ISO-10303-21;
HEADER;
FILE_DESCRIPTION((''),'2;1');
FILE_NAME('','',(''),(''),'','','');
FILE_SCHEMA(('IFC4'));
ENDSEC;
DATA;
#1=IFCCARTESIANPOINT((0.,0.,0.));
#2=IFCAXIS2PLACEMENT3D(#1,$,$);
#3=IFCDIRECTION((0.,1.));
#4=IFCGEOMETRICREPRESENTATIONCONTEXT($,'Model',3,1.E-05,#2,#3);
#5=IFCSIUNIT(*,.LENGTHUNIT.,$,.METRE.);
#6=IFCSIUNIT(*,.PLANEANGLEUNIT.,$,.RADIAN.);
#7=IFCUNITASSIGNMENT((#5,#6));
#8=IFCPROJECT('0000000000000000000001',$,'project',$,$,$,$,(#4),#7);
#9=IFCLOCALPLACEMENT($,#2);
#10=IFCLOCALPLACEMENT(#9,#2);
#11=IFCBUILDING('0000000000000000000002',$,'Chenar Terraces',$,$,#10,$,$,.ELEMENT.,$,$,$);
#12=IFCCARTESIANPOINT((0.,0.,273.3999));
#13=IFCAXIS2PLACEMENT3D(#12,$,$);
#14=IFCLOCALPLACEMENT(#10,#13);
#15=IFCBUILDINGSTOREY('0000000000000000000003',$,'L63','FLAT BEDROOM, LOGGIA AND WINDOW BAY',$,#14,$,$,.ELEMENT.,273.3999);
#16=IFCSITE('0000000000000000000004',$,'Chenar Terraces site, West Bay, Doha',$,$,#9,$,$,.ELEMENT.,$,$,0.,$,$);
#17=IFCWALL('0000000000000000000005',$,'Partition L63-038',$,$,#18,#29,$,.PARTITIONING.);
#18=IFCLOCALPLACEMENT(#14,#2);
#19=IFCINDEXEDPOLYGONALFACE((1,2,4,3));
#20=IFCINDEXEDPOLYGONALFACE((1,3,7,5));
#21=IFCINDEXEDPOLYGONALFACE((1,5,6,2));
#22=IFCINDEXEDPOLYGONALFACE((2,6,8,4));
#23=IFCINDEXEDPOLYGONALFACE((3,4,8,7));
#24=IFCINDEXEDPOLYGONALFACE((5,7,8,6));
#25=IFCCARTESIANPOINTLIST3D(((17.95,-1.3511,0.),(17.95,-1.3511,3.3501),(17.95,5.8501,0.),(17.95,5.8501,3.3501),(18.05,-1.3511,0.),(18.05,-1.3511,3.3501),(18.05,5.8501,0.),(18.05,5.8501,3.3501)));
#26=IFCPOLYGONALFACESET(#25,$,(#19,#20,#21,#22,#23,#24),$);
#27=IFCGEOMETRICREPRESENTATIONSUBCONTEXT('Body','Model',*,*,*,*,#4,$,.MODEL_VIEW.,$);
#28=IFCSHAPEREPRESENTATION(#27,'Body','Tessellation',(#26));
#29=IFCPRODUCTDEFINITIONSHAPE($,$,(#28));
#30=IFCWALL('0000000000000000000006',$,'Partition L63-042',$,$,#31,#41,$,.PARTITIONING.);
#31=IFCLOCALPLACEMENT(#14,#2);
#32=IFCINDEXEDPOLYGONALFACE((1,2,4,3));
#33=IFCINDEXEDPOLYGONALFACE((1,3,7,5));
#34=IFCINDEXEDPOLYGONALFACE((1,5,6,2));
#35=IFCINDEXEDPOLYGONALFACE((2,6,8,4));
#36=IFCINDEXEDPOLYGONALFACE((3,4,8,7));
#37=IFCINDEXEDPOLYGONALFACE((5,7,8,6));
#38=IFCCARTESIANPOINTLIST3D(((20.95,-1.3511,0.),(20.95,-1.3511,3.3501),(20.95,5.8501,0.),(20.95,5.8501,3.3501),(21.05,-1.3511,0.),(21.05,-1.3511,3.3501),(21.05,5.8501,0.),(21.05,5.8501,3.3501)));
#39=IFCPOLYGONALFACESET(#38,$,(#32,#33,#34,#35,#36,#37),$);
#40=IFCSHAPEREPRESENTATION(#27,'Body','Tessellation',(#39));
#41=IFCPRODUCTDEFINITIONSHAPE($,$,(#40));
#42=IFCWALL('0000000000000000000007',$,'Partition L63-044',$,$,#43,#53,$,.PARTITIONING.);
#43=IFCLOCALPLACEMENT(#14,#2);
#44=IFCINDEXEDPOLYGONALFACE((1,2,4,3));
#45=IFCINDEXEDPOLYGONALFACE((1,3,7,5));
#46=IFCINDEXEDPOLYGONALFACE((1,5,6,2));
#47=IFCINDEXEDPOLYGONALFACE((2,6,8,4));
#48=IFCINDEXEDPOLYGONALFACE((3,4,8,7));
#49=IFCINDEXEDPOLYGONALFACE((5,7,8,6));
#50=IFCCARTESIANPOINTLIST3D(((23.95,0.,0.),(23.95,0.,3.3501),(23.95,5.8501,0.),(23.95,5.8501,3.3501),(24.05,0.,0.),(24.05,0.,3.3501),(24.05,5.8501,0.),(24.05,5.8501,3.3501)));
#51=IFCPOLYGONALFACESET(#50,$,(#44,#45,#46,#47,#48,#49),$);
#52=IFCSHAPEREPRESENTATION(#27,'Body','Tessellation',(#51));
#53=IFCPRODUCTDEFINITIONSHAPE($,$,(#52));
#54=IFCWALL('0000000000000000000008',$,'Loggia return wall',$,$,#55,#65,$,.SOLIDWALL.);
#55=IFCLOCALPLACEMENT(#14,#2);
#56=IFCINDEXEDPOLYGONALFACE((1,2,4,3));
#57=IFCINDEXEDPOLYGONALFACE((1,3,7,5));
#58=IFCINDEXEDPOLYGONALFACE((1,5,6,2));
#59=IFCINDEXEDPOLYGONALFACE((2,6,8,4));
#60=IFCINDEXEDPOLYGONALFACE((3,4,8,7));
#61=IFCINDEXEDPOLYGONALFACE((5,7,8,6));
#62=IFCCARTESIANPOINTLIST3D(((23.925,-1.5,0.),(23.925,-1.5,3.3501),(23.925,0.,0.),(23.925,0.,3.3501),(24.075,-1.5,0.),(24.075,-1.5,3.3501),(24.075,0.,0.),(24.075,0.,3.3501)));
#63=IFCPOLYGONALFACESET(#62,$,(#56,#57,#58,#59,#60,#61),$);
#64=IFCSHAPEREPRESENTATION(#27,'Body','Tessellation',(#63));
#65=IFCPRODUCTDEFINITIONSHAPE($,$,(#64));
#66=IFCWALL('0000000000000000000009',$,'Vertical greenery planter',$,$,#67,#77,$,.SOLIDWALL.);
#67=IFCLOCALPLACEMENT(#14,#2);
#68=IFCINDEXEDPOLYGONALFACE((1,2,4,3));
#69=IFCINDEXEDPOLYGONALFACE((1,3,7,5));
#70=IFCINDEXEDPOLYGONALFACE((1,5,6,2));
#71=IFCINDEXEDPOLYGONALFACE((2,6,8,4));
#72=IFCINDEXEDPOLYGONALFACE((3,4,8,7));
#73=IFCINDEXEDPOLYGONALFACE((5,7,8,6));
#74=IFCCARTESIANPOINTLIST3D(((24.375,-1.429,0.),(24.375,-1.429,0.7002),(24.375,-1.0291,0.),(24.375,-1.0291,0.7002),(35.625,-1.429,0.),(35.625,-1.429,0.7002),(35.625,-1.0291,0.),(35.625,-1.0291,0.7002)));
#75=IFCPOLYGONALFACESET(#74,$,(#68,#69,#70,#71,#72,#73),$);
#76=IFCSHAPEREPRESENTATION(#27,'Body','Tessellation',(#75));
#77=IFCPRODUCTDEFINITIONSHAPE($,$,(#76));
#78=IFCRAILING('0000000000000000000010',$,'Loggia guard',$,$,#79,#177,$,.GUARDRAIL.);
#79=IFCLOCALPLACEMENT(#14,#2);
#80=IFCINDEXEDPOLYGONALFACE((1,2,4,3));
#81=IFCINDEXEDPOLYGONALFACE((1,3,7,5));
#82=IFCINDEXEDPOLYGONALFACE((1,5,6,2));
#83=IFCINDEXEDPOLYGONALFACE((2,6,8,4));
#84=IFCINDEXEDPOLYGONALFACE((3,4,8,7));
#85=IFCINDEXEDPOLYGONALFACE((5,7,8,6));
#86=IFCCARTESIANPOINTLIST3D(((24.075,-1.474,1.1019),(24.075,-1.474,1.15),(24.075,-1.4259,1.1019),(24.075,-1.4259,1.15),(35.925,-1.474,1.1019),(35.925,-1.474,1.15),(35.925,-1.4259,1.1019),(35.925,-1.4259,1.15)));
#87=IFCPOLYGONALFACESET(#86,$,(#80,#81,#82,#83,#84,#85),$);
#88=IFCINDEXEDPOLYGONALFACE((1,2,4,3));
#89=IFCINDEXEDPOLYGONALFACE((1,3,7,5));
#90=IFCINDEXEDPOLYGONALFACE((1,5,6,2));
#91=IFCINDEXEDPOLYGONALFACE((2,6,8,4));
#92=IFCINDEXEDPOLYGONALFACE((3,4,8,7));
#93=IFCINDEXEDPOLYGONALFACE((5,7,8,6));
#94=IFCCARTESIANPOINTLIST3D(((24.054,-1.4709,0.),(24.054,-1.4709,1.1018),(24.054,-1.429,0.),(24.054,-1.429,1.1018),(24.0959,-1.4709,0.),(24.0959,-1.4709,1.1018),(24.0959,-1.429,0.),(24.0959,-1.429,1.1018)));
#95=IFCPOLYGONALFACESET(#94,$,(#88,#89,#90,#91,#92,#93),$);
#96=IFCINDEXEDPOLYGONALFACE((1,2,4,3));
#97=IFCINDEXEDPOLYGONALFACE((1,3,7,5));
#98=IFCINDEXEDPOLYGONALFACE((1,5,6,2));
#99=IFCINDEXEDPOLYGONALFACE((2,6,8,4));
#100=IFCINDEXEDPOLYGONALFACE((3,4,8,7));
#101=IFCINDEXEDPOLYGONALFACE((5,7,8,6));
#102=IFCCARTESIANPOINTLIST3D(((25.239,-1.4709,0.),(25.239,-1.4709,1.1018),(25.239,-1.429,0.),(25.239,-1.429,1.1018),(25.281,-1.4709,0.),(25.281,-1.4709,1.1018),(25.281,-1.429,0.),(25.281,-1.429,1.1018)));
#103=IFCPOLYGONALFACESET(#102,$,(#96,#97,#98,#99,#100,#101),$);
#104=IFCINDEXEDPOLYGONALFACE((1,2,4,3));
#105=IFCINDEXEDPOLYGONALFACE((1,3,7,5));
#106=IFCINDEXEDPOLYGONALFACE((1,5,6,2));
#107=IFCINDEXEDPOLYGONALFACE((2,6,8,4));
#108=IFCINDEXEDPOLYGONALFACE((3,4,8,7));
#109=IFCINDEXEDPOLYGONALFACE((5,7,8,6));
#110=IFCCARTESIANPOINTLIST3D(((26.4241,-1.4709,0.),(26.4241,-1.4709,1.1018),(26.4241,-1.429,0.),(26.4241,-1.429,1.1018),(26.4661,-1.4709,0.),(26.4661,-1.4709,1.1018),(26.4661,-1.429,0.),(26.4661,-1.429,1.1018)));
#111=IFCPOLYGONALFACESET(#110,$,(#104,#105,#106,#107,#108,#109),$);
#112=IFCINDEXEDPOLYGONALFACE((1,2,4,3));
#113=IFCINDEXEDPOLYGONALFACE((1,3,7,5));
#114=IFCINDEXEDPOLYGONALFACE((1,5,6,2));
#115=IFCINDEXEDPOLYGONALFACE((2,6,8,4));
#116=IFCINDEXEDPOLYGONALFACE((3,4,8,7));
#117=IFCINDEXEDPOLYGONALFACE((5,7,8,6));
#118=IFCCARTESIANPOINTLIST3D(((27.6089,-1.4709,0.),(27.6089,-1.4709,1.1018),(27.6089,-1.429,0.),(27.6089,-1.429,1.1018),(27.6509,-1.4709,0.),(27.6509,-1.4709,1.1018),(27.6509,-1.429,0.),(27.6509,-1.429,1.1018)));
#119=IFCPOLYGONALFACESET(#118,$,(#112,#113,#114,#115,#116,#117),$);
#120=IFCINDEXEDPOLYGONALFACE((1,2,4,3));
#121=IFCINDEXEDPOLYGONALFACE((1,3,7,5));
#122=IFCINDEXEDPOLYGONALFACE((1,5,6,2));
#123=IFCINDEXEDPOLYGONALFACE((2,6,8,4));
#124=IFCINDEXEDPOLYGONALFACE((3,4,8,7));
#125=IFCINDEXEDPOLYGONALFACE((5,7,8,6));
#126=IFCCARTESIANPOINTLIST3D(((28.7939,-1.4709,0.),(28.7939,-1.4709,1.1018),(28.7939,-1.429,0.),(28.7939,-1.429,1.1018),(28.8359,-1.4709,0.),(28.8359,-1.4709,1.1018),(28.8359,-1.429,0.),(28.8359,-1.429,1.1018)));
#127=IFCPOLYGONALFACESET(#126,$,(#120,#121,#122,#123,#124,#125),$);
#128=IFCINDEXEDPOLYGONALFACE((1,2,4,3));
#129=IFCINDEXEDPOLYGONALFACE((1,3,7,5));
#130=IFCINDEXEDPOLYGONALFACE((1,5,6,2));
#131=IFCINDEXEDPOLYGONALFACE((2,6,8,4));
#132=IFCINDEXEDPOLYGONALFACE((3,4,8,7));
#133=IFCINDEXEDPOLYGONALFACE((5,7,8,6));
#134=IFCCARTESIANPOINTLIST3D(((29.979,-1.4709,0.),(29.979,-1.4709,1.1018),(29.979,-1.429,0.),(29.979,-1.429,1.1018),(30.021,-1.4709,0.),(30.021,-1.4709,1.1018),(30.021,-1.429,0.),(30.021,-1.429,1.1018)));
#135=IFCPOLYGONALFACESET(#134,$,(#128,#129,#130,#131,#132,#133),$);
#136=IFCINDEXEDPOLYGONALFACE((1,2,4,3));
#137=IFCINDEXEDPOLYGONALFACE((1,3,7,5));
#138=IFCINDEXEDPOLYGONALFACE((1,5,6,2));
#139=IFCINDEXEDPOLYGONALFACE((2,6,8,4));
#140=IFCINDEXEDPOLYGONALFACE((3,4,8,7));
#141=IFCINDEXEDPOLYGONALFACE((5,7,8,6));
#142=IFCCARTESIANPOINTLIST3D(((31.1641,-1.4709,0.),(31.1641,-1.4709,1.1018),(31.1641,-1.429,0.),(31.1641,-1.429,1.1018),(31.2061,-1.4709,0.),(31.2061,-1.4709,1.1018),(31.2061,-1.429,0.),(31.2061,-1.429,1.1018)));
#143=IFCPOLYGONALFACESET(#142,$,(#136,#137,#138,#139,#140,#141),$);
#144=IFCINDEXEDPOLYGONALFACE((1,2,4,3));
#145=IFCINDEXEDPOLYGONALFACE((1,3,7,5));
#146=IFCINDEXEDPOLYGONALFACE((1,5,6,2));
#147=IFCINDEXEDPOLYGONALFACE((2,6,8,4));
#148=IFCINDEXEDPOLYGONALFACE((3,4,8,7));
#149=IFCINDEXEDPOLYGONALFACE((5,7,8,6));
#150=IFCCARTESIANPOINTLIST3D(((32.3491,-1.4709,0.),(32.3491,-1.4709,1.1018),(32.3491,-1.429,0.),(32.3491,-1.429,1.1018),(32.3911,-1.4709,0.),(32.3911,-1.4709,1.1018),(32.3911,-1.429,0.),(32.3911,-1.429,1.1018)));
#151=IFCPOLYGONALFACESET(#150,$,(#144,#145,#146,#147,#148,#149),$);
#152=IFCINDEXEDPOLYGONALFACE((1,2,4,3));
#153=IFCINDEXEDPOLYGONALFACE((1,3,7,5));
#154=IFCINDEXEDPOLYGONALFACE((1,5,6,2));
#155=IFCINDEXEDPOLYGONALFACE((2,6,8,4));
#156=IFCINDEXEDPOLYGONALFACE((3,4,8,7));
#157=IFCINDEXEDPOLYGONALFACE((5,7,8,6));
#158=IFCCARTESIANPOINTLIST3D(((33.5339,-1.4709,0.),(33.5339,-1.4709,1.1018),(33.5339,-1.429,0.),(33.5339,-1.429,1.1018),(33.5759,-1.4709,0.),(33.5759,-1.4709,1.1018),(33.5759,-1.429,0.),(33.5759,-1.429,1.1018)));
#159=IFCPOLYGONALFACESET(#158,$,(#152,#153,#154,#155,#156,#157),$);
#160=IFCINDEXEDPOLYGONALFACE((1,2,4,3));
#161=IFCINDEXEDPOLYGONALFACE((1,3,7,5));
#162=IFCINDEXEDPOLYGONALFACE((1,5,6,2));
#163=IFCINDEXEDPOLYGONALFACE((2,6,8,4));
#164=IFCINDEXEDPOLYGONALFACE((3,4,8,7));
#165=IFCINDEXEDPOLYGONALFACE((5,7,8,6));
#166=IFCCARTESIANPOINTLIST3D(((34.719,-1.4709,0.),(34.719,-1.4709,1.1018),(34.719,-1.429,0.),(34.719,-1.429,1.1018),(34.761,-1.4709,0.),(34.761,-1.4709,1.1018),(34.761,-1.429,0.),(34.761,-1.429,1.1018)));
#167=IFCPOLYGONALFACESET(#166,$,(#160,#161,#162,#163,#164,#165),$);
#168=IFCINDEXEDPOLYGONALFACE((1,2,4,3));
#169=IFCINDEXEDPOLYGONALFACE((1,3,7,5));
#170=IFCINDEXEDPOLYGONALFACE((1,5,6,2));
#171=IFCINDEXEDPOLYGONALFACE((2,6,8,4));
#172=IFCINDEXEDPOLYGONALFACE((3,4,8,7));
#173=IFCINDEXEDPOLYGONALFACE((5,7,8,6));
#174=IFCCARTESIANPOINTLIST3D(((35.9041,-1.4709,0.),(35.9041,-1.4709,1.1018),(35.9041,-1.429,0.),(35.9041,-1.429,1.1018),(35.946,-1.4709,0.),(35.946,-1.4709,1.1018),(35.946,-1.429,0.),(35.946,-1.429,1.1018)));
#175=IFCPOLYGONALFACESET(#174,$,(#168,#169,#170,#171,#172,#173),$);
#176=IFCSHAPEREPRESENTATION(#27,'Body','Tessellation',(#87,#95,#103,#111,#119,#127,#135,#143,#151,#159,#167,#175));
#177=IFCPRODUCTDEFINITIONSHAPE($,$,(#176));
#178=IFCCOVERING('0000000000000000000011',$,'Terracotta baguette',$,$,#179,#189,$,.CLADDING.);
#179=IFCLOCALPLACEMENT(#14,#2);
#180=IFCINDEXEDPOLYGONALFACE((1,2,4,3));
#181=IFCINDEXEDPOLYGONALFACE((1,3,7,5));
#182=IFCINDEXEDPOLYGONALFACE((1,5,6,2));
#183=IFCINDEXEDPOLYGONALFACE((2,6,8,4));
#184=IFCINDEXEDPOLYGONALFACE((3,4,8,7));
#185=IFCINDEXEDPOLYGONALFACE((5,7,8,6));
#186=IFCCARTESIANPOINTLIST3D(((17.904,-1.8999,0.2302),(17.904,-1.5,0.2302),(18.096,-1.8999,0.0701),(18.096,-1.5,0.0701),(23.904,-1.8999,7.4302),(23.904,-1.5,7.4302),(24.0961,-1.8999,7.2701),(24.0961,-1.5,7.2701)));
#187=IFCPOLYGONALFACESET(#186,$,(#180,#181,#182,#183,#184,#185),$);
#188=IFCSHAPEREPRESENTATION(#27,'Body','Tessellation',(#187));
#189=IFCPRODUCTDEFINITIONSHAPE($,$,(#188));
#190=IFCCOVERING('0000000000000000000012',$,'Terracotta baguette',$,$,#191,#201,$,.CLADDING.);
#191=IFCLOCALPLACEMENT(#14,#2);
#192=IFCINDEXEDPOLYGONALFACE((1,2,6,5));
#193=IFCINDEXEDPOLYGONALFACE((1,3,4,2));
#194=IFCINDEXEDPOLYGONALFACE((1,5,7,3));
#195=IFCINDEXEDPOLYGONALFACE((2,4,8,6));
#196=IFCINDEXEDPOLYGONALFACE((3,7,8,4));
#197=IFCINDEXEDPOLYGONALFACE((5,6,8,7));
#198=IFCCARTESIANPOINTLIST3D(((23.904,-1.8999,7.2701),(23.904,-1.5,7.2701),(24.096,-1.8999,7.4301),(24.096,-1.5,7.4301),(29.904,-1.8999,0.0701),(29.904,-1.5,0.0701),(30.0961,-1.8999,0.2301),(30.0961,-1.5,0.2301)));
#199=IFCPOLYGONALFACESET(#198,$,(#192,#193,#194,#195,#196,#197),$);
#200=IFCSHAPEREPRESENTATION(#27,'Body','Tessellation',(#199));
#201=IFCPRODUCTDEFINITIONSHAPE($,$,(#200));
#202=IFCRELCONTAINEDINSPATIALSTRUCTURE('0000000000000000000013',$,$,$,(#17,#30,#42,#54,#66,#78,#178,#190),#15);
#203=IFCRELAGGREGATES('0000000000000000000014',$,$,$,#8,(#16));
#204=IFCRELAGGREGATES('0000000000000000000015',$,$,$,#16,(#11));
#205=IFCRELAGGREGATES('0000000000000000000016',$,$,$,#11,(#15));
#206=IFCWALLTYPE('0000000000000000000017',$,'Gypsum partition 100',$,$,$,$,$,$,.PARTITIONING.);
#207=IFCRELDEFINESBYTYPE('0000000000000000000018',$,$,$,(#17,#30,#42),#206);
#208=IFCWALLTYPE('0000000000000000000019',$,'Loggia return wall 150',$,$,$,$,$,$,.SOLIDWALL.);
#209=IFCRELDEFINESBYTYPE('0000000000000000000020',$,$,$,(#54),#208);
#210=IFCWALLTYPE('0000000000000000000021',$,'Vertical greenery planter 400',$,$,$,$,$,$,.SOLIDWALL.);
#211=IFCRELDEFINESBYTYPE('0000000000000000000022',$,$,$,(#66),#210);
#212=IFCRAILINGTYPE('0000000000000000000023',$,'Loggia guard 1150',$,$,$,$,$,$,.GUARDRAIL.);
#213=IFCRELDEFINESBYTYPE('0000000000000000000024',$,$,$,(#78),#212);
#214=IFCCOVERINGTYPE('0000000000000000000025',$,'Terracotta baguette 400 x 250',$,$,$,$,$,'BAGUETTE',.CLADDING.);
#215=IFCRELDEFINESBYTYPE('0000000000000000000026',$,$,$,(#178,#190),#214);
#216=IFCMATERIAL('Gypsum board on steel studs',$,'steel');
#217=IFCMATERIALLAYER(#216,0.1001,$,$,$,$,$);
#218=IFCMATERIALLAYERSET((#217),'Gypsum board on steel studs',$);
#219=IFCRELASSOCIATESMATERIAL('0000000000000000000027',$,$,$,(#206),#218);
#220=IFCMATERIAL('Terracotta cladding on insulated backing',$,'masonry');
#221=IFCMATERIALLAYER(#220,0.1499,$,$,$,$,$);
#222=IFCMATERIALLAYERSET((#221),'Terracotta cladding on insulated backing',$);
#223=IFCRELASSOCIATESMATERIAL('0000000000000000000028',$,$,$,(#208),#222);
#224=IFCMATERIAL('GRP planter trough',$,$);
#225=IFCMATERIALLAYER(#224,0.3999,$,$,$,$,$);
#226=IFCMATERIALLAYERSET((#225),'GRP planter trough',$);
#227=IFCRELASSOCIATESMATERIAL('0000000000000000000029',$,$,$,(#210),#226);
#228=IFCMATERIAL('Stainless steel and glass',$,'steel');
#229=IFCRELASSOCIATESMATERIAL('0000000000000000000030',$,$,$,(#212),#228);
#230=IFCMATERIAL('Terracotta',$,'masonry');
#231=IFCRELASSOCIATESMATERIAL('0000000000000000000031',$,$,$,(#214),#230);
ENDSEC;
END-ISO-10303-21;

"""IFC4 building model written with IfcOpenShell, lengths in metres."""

from ifc_helpers import new_model, si_unit, direction, frame, frame_2d, origin, origin_2d, place, context, subcontext, project, spatial, rectangle, extrude, material, layer, layer_set, material_profile, profile_set, type_object, element, save


model = new_model("IFC4")

# Units and contexts
model_context = context("Model", 3, precision=1e-05, world=origin(), true_north=direction((0.0, 1.0)))
body_context = subcontext(model_context, "Body", "Model", "MODEL_VIEW")
ifc_project = project(units=[si_unit("LENGTHUNIT", "METRE"), si_unit("PLANEANGLEUNIT", "RADIAN")], contexts=[model_context])

# Site, building, storey
site_placement = place(None, origin())
site = spatial("IfcSite", under=ifc_project, at=site_placement, Name="Chenar Terraces site, West Bay, Doha", CompositionType="ELEMENT", RefElevation=0.0)
building_placement = place(site_placement, origin())
building = spatial("IfcBuilding", under=site, at=building_placement, Name="Chenar Terraces", CompositionType="ELEMENT")
storey_placement = place(building_placement, frame((0.0, 0.0, 273.3999)))
storey = spatial("IfcBuildingStorey", under=building, at=storey_placement, Name="L63", Description="FLAT BEDROOM, LOGGIA AND WINDOW BAY", CompositionType="ELEMENT", Elevation=273.3999)

# Walls
ifc_material_1 = material(Name="Gypsum board on steel studs", Category="steel")
ifc_layer_1 = layer(ifc_material_1, 0.1001)
ifc_layer_set_1 = layer_set([ifc_layer_1], Name="Gypsum board on steel studs")
wall_type_1 = type_object("IfcWallType", Name="Gypsum partition 100", PredefinedType="PARTITIONING", material=ifc_layer_set_1)
for number, where, z_axis, x_axis, name in (
    (1, (18.0, -1.3511, 0.0), (0.0, 0.0, 1.0), (0.0, 1.0, 0.0), "Partition L63-038"),
    (2, (21.0, -1.3511, 0.0), (0.0, 0.0, 1.0), (0.0, 1.0, 0.0), "Partition L63-042"),
):
    element("IfcWall", number, at=place(storey_placement, frame(where, z_axis=z_axis, x_axis=x_axis)), inside=storey, type_object=wall_type_1, Name=name, PredefinedType="PARTITIONING", context=body_context, shape_type="SweptSolid", body=[
        extrude(rectangle(XDim=7.2012, YDim=0.1001, at=frame_2d((3.6006, 0.0))), origin(), (0.0, 0.0, 1.0), 3.3501),
    ])
wall_1_placement = place(storey_placement, frame((24.0, 0.0, 0.0), z_axis=(0.0, 0.0, 1.0), x_axis=(0.0, 1.0, 0.0)))
element("IfcWall", 3, at=wall_1_placement, inside=storey, type_object=wall_type_1, Name="Partition L63-044", PredefinedType="PARTITIONING", context=body_context, shape_type="SweptSolid", body=[
    extrude(rectangle(XDim=5.8501, YDim=0.1001, at=frame_2d((2.925, 0.0))), origin(), (0.0, 0.0, 1.0), 3.3501),
])
ifc_material_2 = material(Name="Terracotta cladding on insulated backing", Category="masonry")
ifc_layer_2 = layer(ifc_material_2, 0.1499)
ifc_layer_set_2 = layer_set([ifc_layer_2], Name="Terracotta cladding on insulated backing")
wall_type_2 = type_object("IfcWallType", Name="Loggia return wall 150", PredefinedType="SOLIDWALL", material=ifc_layer_set_2)
wall_2_placement = place(storey_placement, frame((24.0, -1.5, 0.0), z_axis=(0.0, 0.0, 1.0), x_axis=(0.0, 1.0, 0.0)))
element("IfcWall", 4, at=wall_2_placement, inside=storey, type_object=wall_type_2, Name="Loggia return wall", PredefinedType="SOLIDWALL", context=body_context, shape_type="SweptSolid", body=[
    extrude(rectangle(XDim=1.5, YDim=0.1499, at=frame_2d((0.75, 0.0))), origin(), (0.0, 0.0, 1.0), 3.3501),
])
ifc_material_3 = material(Name="GRP planter trough")
ifc_layer_3 = layer(ifc_material_3, 0.3999)
ifc_layer_set_3 = layer_set([ifc_layer_3], Name="GRP planter trough")
wall_type_3 = type_object("IfcWallType", Name="Vertical greenery planter 400", PredefinedType="SOLIDWALL", material=ifc_layer_set_3)
wall_3_placement = place(storey_placement, frame((24.375, -1.229, 0.0), z_axis=(0.0, 0.0, 1.0), x_axis=(1.0, 0.0, 0.0)))
element("IfcWall", 5, at=wall_3_placement, inside=storey, type_object=wall_type_3, Name="Vertical greenery planter", PredefinedType="SOLIDWALL", context=body_context, shape_type="SweptSolid", body=[
    extrude(rectangle(XDim=11.25, YDim=0.3999, at=frame_2d((5.625, 0.0))), origin(), (0.0, 0.0, 1.0), 0.7002),
])

# Railing
ifc_material_4 = material(Name="Stainless steel and glass", Category="steel")
railing_type = type_object("IfcRailingType", Name="Loggia guard 1150", PredefinedType="GUARDRAIL", material=ifc_material_4)
railing_placement = place(storey_placement, frame((24.075, -1.45, 0.0)))
element("IfcRailing", 6, at=railing_placement, inside=storey, type_object=railing_type, Name="Loggia guard", PredefinedType="GUARDRAIL", context=body_context, shape_type="SweptSolid", body=[
    extrude(rectangle(XDim=0.0481, YDim=0.0481, at=origin_2d()), frame((0.0, 0.0, 1.126), z_axis=(1.0, 0.0, 0.0), x_axis=(0.0, 1.0, 0.0)), (0.0, 0.0, 1.0), 11.8501),
    extrude(rectangle(XDim=0.042, YDim=0.042, at=origin_2d()), origin(), (0.0, 0.0, 1.0), 1.1018),
    extrude(rectangle(XDim=0.042, YDim=0.042, at=origin_2d()), frame((1.1851, 0.0, 0.0)), (0.0, 0.0, 1.0), 1.1018),
    extrude(rectangle(XDim=0.042, YDim=0.042, at=origin_2d()), frame((2.3701, 0.0, 0.0)), (0.0, 0.0, 1.0), 1.1018),
    extrude(rectangle(XDim=0.042, YDim=0.042, at=origin_2d()), frame((3.5549, 0.0, 0.0)), (0.0, 0.0, 1.0), 1.1018),
    extrude(rectangle(XDim=0.042, YDim=0.042, at=origin_2d()), frame((4.74, 0.0, 0.0)), (0.0, 0.0, 1.0), 1.1018),
    extrude(rectangle(XDim=0.042, YDim=0.042, at=origin_2d()), frame((5.925, 0.0, 0.0)), (0.0, 0.0, 1.0), 1.1018),
    extrude(rectangle(XDim=0.042, YDim=0.042, at=origin_2d()), frame((7.1101, 0.0, 0.0)), (0.0, 0.0, 1.0), 1.1018),
    extrude(rectangle(XDim=0.042, YDim=0.042, at=origin_2d()), frame((8.2952, 0.0, 0.0)), (0.0, 0.0, 1.0), 1.1018),
    extrude(rectangle(XDim=0.042, YDim=0.042, at=origin_2d()), frame((9.48, 0.0, 0.0)), (0.0, 0.0, 1.0), 1.1018),
    extrude(rectangle(XDim=0.042, YDim=0.042, at=origin_2d()), frame((10.665, 0.0, 0.0)), (0.0, 0.0, 1.0), 1.1018),
    extrude(rectangle(XDim=0.042, YDim=0.042, at=origin_2d()), frame((11.8501, 0.0, 0.0)), (0.0, 0.0, 1.0), 1.1018),
])

# Coverings
ifc_material_5 = material(Name="Terracotta", Category="masonry")
ifc_material_profile_1 = material_profile(ifc_material_5, rectangle(XDim=0.3999, YDim=0.25, at=origin_2d()), Name="Terracotta baguette 400 x 250")
ifc_profile_set_1 = profile_set([ifc_material_profile_1], Name="Terracotta")
covering_type = type_object("IfcCoveringType", Name="Terracotta baguette 400 x 250", ElementType="BAGUETTE", PredefinedType="CLADDING", material=ifc_profile_set_1)
for number, where, z_axis, x_axis, name in (
    (7, (18.0, -1.7, 0.1501), (0.640187, 0.0, 0.768219), (0.0, 1.0, 0.0), "Terracotta baguette"),
    (8, (24.0, -1.7, 7.3501), (0.640187, 0.0, -0.768219), (0.0, 1.0, 0.0), "Terracotta baguette"),
):
    element("IfcCovering", number, at=place(storey_placement, frame(where, z_axis=z_axis, x_axis=x_axis)), inside=storey, type_object=covering_type, Name=name, PredefinedType="CLADDING", context=body_context, shape_type="SweptSolid", body=[
        extrude(rectangle(XDim=0.3999, YDim=0.25, at=origin_2d()), origin(), (0.0, 0.0, 1.0), 9.3723),
    ])

save(model, "model.ifc")
